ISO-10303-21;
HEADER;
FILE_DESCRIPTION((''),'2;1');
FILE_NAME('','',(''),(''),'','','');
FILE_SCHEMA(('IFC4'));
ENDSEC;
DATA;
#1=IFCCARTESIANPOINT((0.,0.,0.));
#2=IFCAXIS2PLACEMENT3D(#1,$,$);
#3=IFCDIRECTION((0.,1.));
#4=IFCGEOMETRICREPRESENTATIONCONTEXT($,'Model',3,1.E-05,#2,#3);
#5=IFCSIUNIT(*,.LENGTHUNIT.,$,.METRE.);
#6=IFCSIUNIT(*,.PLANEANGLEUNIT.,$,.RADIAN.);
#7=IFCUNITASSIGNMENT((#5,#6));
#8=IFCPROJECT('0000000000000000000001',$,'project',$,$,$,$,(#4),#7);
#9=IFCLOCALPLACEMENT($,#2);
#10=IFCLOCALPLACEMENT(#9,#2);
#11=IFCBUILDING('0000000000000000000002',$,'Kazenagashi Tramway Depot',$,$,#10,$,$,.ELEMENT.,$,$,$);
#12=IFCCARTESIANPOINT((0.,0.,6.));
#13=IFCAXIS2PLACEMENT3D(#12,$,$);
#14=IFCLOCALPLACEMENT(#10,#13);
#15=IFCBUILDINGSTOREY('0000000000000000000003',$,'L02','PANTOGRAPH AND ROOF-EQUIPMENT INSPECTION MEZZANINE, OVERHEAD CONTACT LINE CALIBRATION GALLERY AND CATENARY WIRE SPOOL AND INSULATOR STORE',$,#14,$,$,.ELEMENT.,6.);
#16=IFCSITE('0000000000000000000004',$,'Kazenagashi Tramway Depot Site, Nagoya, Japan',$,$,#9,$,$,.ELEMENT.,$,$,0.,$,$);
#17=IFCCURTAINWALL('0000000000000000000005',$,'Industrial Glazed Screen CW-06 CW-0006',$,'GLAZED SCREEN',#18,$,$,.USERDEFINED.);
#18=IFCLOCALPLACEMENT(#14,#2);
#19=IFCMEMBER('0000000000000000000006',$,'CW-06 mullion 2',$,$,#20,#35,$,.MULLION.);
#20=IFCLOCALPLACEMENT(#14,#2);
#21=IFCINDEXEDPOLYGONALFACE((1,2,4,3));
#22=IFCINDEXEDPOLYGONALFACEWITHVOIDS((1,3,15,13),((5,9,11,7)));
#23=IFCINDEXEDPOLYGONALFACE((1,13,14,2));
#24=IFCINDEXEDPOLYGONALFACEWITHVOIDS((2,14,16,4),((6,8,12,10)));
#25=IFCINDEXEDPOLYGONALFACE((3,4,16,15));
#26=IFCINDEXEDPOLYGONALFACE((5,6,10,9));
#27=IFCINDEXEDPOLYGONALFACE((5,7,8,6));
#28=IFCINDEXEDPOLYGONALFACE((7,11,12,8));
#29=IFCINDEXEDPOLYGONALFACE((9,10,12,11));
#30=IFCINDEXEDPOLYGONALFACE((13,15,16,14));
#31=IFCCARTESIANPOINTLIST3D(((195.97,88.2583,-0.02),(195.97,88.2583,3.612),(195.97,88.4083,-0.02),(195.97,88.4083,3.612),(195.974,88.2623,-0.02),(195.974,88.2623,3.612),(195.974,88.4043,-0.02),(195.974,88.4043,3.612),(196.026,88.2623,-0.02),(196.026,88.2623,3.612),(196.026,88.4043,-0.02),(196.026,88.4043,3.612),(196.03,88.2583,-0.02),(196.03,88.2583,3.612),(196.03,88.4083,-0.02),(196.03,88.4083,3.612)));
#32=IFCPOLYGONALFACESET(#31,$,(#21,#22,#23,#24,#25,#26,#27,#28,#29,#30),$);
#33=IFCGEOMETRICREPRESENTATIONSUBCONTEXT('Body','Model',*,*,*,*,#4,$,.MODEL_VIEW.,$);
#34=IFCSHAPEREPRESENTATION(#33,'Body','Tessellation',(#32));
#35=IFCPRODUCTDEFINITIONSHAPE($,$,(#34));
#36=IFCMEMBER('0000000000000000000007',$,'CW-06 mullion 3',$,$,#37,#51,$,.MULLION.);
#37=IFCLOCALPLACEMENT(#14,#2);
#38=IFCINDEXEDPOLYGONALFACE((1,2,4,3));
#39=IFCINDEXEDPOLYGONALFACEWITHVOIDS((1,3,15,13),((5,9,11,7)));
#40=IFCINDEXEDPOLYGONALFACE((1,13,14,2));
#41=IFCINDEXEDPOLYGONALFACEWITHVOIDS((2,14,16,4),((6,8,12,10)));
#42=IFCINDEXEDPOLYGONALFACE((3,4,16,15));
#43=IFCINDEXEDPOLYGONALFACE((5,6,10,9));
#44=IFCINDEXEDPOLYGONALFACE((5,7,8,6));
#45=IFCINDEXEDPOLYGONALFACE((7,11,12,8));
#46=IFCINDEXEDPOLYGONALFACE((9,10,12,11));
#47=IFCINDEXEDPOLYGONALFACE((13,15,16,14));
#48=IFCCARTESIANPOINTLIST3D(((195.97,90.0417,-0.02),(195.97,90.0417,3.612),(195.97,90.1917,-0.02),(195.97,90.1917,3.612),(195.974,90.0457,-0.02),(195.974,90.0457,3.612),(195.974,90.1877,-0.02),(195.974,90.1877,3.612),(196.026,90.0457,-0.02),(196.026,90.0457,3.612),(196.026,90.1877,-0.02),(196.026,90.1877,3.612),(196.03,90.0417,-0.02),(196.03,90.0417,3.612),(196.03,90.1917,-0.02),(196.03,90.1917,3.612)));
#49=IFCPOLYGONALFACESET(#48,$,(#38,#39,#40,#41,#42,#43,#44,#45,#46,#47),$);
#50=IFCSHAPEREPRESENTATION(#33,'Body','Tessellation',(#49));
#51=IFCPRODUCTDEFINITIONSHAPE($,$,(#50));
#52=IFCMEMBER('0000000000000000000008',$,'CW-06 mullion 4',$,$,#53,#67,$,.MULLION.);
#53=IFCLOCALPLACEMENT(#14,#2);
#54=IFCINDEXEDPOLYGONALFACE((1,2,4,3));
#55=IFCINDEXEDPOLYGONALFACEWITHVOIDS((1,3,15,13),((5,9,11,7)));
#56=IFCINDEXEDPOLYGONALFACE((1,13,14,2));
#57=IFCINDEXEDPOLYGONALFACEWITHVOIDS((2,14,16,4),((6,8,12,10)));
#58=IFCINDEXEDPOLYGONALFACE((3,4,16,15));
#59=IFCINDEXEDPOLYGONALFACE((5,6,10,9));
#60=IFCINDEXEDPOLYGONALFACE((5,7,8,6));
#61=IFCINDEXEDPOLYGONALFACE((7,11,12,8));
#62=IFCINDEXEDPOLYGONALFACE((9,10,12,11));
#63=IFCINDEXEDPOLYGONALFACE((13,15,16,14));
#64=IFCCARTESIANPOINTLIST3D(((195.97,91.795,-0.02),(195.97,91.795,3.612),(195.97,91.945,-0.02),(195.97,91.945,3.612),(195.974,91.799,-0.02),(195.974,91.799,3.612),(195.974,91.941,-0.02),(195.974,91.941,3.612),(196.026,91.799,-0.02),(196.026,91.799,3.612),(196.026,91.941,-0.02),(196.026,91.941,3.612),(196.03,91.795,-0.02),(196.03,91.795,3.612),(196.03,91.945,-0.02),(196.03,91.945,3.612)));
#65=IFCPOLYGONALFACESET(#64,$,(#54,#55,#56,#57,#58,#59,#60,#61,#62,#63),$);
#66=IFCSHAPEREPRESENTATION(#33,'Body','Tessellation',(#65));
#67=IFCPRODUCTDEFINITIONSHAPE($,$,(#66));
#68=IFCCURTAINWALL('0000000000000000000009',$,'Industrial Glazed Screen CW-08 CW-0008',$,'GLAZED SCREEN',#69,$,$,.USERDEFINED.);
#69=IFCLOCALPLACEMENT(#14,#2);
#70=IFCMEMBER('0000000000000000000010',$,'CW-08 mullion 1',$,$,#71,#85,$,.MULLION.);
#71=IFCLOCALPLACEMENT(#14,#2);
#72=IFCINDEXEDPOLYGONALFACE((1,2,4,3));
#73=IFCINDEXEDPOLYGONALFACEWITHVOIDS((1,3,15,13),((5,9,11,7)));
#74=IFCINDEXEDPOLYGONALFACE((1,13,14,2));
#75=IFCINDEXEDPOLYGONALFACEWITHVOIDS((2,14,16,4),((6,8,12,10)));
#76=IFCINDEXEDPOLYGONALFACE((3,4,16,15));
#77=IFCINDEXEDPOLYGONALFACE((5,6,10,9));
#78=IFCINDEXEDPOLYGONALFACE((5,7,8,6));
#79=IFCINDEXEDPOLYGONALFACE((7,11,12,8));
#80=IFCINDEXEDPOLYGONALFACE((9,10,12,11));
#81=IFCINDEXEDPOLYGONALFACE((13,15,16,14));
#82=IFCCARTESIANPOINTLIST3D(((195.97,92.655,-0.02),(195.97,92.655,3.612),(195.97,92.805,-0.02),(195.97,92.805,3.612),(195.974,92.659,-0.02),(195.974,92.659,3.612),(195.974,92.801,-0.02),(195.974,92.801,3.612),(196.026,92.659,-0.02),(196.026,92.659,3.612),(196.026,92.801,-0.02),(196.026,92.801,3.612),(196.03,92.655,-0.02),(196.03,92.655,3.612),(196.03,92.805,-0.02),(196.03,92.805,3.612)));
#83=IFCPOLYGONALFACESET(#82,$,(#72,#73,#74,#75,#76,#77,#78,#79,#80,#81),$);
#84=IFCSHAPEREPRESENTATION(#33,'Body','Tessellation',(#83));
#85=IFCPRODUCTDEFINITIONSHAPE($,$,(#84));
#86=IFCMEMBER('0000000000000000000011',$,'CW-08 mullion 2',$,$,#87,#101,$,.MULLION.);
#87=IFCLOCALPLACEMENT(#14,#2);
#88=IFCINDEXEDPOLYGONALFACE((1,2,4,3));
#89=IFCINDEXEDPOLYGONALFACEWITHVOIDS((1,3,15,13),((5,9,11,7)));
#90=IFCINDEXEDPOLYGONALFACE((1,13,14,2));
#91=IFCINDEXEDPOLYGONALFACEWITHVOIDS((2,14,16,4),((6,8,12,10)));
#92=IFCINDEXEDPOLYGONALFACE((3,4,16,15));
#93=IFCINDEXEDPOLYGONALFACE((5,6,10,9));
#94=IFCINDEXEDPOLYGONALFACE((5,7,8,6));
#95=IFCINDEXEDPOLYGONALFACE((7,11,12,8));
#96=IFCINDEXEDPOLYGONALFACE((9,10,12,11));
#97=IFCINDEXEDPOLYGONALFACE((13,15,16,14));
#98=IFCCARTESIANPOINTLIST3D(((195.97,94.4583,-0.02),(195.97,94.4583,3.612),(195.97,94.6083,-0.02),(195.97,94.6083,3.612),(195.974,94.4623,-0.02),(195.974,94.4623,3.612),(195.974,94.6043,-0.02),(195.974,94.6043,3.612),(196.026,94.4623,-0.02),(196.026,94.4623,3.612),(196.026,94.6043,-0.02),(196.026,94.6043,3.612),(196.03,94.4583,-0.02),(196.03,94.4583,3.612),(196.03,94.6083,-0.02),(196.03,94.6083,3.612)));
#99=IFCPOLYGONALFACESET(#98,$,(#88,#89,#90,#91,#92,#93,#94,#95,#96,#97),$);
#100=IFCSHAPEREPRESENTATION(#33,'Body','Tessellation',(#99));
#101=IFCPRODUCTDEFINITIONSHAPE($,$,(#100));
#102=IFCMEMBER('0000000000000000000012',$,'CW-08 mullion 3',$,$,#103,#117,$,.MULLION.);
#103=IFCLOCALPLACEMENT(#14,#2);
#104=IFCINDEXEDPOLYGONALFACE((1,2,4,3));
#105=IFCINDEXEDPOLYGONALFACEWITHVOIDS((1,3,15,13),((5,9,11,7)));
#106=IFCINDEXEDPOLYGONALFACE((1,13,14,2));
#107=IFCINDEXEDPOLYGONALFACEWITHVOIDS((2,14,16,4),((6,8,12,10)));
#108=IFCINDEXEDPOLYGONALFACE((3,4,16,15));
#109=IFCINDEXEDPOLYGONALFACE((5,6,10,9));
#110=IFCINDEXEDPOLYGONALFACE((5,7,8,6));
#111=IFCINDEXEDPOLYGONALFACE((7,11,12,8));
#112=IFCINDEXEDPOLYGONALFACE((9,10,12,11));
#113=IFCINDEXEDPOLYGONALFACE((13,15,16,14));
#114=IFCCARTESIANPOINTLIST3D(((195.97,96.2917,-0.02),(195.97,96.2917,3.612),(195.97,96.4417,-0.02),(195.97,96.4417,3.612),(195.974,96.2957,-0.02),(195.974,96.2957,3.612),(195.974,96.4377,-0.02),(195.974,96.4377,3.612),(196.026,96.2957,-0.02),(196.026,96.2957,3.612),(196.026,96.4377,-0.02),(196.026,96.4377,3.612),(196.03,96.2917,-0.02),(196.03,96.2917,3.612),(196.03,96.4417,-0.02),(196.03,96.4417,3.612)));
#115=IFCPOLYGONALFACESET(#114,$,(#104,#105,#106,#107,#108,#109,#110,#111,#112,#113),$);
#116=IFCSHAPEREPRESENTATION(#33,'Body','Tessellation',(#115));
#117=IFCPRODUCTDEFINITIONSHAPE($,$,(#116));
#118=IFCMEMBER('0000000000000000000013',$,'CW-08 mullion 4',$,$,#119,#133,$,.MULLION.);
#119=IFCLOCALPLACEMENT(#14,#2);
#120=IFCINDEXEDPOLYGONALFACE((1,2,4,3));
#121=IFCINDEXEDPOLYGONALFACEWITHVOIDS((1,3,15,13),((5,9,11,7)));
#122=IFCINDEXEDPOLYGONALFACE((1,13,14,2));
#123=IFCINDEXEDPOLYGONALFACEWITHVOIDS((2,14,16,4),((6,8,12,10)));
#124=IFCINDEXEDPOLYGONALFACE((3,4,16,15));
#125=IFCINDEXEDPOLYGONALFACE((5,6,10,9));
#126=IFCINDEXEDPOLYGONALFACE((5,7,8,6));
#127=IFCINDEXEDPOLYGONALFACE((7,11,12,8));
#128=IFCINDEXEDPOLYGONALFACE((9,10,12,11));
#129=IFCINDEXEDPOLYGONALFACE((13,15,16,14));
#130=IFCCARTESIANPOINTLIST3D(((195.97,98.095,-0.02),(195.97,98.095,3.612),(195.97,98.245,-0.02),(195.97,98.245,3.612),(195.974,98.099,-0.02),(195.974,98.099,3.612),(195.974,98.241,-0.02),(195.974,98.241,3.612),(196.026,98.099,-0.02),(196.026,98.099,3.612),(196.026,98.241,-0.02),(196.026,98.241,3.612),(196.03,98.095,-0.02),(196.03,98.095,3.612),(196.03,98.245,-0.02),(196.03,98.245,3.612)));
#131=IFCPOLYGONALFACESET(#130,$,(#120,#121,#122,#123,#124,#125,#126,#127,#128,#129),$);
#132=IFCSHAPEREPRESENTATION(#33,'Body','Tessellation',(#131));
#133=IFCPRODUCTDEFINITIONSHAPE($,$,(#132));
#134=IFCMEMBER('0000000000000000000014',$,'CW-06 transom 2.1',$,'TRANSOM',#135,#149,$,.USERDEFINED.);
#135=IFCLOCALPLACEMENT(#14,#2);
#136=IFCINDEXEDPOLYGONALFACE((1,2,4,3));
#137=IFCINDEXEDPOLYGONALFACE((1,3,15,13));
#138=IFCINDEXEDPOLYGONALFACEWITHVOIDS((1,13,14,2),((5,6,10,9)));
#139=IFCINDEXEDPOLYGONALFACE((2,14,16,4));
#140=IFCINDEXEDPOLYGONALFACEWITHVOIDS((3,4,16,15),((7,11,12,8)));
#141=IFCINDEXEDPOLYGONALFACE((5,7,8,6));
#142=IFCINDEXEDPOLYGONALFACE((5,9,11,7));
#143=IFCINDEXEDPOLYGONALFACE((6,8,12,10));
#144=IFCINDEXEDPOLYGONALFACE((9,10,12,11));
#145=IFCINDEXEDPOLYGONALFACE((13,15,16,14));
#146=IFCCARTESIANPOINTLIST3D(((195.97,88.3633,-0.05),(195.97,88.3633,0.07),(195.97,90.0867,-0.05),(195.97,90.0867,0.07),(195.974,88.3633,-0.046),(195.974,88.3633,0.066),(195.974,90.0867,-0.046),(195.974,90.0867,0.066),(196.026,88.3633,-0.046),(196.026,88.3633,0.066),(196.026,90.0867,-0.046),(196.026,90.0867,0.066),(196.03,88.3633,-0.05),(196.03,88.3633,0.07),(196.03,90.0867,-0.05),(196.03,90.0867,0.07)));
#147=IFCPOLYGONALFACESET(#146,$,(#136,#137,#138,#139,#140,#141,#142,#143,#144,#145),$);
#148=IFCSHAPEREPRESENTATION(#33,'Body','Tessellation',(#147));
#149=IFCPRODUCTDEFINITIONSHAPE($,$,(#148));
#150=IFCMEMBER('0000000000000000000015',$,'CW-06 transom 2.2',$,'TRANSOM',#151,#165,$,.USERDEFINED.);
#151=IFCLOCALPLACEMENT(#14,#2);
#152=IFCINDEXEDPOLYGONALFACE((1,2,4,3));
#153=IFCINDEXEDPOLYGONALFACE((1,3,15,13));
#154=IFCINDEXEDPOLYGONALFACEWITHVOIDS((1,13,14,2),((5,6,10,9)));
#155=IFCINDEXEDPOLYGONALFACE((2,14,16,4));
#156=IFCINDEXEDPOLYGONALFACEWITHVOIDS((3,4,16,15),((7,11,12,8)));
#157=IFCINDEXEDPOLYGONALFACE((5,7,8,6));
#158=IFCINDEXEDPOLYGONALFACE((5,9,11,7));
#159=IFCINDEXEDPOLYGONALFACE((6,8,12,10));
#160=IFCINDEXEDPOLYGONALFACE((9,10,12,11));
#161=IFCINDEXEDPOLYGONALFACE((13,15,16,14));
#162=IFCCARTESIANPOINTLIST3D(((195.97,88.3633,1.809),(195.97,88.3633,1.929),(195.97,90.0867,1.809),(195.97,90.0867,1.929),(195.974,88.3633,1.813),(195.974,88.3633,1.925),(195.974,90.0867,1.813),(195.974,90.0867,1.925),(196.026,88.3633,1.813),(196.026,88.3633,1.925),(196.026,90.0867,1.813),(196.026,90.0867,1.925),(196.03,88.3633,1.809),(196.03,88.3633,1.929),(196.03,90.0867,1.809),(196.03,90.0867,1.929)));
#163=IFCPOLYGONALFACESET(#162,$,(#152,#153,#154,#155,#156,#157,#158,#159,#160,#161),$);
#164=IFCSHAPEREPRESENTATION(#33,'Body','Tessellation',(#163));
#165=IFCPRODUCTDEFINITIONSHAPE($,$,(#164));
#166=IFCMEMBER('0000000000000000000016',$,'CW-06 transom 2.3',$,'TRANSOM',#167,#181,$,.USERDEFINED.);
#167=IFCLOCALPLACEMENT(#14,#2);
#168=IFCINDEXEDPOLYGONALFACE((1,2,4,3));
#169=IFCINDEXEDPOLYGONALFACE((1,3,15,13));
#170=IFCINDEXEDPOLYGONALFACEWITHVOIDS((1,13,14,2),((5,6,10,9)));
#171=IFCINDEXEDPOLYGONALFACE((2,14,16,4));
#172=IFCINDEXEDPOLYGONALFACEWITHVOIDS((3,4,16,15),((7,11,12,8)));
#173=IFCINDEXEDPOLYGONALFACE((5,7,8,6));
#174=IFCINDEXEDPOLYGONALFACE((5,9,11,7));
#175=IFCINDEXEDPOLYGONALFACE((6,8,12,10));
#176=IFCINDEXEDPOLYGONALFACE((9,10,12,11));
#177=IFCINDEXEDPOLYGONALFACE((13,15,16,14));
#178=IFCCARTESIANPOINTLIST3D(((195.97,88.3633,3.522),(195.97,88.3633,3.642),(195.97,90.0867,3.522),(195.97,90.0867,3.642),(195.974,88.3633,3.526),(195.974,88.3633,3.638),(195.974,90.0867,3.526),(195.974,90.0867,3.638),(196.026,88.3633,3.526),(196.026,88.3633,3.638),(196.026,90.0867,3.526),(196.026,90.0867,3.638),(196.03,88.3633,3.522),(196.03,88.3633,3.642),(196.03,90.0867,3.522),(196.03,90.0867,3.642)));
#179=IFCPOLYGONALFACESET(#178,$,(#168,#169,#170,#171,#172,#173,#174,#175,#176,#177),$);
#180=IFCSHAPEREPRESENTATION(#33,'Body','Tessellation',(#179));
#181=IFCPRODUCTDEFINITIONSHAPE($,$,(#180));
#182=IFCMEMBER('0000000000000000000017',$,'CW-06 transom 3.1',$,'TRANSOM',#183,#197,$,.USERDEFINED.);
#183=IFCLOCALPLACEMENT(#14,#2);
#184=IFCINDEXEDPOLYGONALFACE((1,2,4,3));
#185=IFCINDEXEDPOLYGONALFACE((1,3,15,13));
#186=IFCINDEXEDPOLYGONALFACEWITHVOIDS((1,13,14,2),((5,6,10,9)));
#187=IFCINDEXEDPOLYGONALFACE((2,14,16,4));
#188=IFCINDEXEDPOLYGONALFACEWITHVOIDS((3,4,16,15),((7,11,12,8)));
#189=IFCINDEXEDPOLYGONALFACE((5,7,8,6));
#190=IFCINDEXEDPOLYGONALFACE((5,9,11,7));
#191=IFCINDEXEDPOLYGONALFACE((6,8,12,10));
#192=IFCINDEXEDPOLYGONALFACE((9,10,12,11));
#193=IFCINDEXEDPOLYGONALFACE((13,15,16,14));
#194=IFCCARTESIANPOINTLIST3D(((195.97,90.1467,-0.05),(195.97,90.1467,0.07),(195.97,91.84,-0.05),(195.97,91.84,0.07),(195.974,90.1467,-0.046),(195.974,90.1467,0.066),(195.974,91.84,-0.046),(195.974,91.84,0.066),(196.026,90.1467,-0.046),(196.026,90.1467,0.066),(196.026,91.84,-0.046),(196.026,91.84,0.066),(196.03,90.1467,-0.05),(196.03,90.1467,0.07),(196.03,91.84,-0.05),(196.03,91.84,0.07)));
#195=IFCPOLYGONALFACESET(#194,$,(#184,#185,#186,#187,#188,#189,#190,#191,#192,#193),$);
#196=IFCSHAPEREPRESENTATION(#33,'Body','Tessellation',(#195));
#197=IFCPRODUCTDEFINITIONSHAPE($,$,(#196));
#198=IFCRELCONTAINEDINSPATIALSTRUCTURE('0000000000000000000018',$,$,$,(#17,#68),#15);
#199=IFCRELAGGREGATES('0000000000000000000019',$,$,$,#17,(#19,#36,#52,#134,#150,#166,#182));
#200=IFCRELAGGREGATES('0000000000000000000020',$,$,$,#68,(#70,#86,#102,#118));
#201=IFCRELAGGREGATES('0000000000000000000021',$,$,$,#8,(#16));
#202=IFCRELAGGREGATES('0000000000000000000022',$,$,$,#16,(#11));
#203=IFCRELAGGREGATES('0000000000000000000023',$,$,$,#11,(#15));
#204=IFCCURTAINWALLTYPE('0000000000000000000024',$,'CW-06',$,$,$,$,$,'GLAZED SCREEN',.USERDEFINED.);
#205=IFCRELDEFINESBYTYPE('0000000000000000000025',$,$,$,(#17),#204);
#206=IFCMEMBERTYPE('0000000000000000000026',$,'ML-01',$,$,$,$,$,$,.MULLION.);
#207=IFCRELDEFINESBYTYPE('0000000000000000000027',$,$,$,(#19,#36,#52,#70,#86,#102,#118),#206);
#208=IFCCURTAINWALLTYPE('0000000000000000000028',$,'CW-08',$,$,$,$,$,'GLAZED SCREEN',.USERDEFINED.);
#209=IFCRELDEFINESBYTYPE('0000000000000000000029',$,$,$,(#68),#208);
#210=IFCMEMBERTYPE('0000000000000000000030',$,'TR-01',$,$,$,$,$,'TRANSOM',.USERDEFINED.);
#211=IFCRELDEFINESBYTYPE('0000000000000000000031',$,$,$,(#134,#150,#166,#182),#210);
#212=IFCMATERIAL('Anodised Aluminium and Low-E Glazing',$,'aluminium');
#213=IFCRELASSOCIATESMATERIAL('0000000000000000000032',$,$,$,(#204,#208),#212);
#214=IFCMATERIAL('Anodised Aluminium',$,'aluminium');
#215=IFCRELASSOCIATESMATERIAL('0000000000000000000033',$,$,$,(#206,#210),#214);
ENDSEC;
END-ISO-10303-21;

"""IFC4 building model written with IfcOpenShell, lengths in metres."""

from ifc_helpers import new_model, si_unit, direction, frame, origin, origin_2d, place, context, subcontext, project, spatial, hollow_rectangle, extrude, material, material_profile, profile_set, type_object, element, aggregate, save


model = new_model("IFC4")

# Units and contexts
model_context = context("Model", 3, precision=1e-05, world=origin(), true_north=direction((0.0, 1.0)))
body_context = subcontext(model_context, "Body", "Model", "MODEL_VIEW")
ifc_project = project(units=[si_unit("LENGTHUNIT", "METRE"), si_unit("PLANEANGLEUNIT", "RADIAN")], contexts=[model_context])

# Site, building, storey
site_placement = place(None, origin())
site = spatial("IfcSite", under=ifc_project, at=site_placement, Name="Kazenagashi Tramway Depot Site, Nagoya, Japan", CompositionType="ELEMENT", RefElevation=0.0)
building_placement = place(site_placement, origin())
building = spatial("IfcBuilding", under=site, at=building_placement, Name="Kazenagashi Tramway Depot", CompositionType="ELEMENT")
storey_placement = place(building_placement, frame((0.0, 0.0, 6.0)))
storey = spatial("IfcBuildingStorey", under=building, at=storey_placement, Name="L02", Description="PANTOGRAPH AND ROOF-EQUIPMENT INSPECTION MEZZANINE, OVERHEAD CONTACT LINE CALIBRATION GALLERY AND CATENARY WIRE SPOOL AND INSULATOR STORE", CompositionType="ELEMENT", Elevation=6.0)

# Curtain walls, members
ifc_material_1 = material(Name="Anodised Aluminium and Low-E Glazing", Category="aluminium")
curtain_wall_type_1 = type_object("IfcCurtainWallType", Name="CW-06", ElementType="GLAZED SCREEN", PredefinedType="USERDEFINED", material=ifc_material_1)
curtain_wall_1_placement = place(storey_placement, origin())
curtain_wall_1 = element("IfcCurtainWall", 1, at=curtain_wall_1_placement, inside=storey, type_object=curtain_wall_type_1, Name="Industrial Glazed Screen CW-06 CW-0006", ObjectType="GLAZED SCREEN", PredefinedType="USERDEFINED")
ifc_material_2 = material(Name="Anodised Aluminium", Category="aluminium")
ifc_material_profile_1 = material_profile(ifc_material_2, hollow_rectangle(XDim=0.06, YDim=0.15, WallThickness=0.004, at=origin_2d()), Name="RHS-150x60x4")
ifc_profile_set_1 = profile_set([ifc_material_profile_1], Name="Anodised Aluminium")
member_type_1 = type_object("IfcMemberType", Name="ML-01", PredefinedType="MULLION", material=ifc_profile_set_1)
member_1_placement = place(storey_placement, frame((196.0, 88.3333, -0.02), z_axis=(0.0, 0.0, 1.0), x_axis=(-1.0, 0.0, 0.0)))
member_1 = element("IfcMember", 2, at=member_1_placement, type_object=member_type_1, Name="CW-06 mullion 2", PredefinedType="MULLION", context=body_context, shape_type="SweptSolid", body=[
    extrude(hollow_rectangle(XDim=0.06, YDim=0.15, WallThickness=0.004, at=origin_2d()), origin(), (0.0, 0.0, 1.0), 3.632),
])
member_2_placement = place(storey_placement, frame((196.0, 90.1167, -0.02), z_axis=(0.0, 0.0, 1.0), x_axis=(-1.0, 0.0, 0.0)))
member_2 = element("IfcMember", 3, at=member_2_placement, type_object=member_type_1, Name="CW-06 mullion 3", PredefinedType="MULLION", context=body_context, shape_type="SweptSolid", body=[
    extrude(hollow_rectangle(XDim=0.06, YDim=0.15, WallThickness=0.004, at=origin_2d()), origin(), (0.0, 0.0, 1.0), 3.632),
])
member_3_placement = place(storey_placement, frame((196.0, 91.87, -0.02), z_axis=(0.0, 0.0, 1.0), x_axis=(-1.0, 0.0, 0.0)))
member_3 = element("IfcMember", 4, at=member_3_placement, type_object=member_type_1, Name="CW-06 mullion 4", PredefinedType="MULLION", context=body_context, shape_type="SweptSolid", body=[
    extrude(hollow_rectangle(XDim=0.06, YDim=0.15, WallThickness=0.004, at=origin_2d()), origin(), (0.0, 0.0, 1.0), 3.632),
])
curtain_wall_type_2 = type_object("IfcCurtainWallType", Name="CW-08", ElementType="GLAZED SCREEN", PredefinedType="USERDEFINED", material=ifc_material_1)
curtain_wall_2_placement = place(storey_placement, origin())
curtain_wall_2 = element("IfcCurtainWall", 5, at=curtain_wall_2_placement, inside=storey, type_object=curtain_wall_type_2, Name="Industrial Glazed Screen CW-08 CW-0008", ObjectType="GLAZED SCREEN", PredefinedType="USERDEFINED")
member_4_placement = place(storey_placement, frame((196.0, 92.73, -0.02), z_axis=(0.0, 0.0, 1.0), x_axis=(-1.0, 0.0, 0.0)))
member_4 = element("IfcMember", 6, at=member_4_placement, type_object=member_type_1, Name="CW-08 mullion 1", PredefinedType="MULLION", context=body_context, shape_type="SweptSolid", body=[
    extrude(hollow_rectangle(XDim=0.06, YDim=0.15, WallThickness=0.004, at=origin_2d()), origin(), (0.0, 0.0, 1.0), 3.632),
])
member_5_placement = place(storey_placement, frame((196.0, 94.5333, -0.02), z_axis=(0.0, 0.0, 1.0), x_axis=(-1.0, 0.0, 0.0)))
member_5 = element("IfcMember", 7, at=member_5_placement, type_object=member_type_1, Name="CW-08 mullion 2", PredefinedType="MULLION", context=body_context, shape_type="SweptSolid", body=[
    extrude(hollow_rectangle(XDim=0.06, YDim=0.15, WallThickness=0.004, at=origin_2d()), origin(), (0.0, 0.0, 1.0), 3.632),
])
member_6_placement = place(storey_placement, frame((196.0, 96.3667, -0.02), z_axis=(0.0, 0.0, 1.0), x_axis=(-1.0, 0.0, 0.0)))
member_6 = element("IfcMember", 8, at=member_6_placement, type_object=member_type_1, Name="CW-08 mullion 3", PredefinedType="MULLION", context=body_context, shape_type="SweptSolid", body=[
    extrude(hollow_rectangle(XDim=0.06, YDim=0.15, WallThickness=0.004, at=origin_2d()), origin(), (0.0, 0.0, 1.0), 3.632),
])
member_7_placement = place(storey_placement, frame((196.0, 98.17, -0.02), z_axis=(0.0, 0.0, 1.0), x_axis=(-1.0, 0.0, 0.0)))
member_7 = element("IfcMember", 9, at=member_7_placement, type_object=member_type_1, Name="CW-08 mullion 4", PredefinedType="MULLION", context=body_context, shape_type="SweptSolid", body=[
    extrude(hollow_rectangle(XDim=0.06, YDim=0.15, WallThickness=0.004, at=origin_2d()), origin(), (0.0, 0.0, 1.0), 3.632),
])

# Members
ifc_material_profile_2 = material_profile(ifc_material_2, hollow_rectangle(XDim=0.06, YDim=0.12, WallThickness=0.004, at=origin_2d()), Name="RHS-120x60x4")
ifc_profile_set_2 = profile_set([ifc_material_profile_2], Name="Anodised Aluminium")
member_type_2 = type_object("IfcMemberType", Name="TR-01", ElementType="TRANSOM", PredefinedType="USERDEFINED", material=ifc_profile_set_2)
member_8_placement = place(storey_placement, frame((196.0, 88.3633, 0.01), z_axis=(0.0, 1.0, 0.0), x_axis=(-1.0, 0.0, 0.0)))
member_8 = element("IfcMember", 10, at=member_8_placement, type_object=member_type_2, Name="CW-06 transom 2.1", ObjectType="TRANSOM", PredefinedType="USERDEFINED", context=body_context, shape_type="SweptSolid", body=[
    extrude(hollow_rectangle(XDim=0.06, YDim=0.12, WallThickness=0.004, at=origin_2d()), origin(), (0.0, 0.0, 1.0), 1.7233),
])
member_9_placement = place(storey_placement, frame((196.0, 88.3633, 1.869), z_axis=(0.0, 1.0, 0.0), x_axis=(-1.0, 0.0, 0.0)))
member_9 = element("IfcMember", 11, at=member_9_placement, type_object=member_type_2, Name="CW-06 transom 2.2", ObjectType="TRANSOM", PredefinedType="USERDEFINED", context=body_context, shape_type="SweptSolid", body=[
    extrude(hollow_rectangle(XDim=0.06, YDim=0.12, WallThickness=0.004, at=origin_2d()), origin(), (0.0, 0.0, 1.0), 1.7233),
])
member_10_placement = place(storey_placement, frame((196.0, 88.3633, 3.582), z_axis=(0.0, 1.0, 0.0), x_axis=(-1.0, 0.0, 0.0)))
member_10 = element("IfcMember", 12, at=member_10_placement, type_object=member_type_2, Name="CW-06 transom 2.3", ObjectType="TRANSOM", PredefinedType="USERDEFINED", context=body_context, shape_type="SweptSolid", body=[
    extrude(hollow_rectangle(XDim=0.06, YDim=0.12, WallThickness=0.004, at=origin_2d()), origin(), (0.0, 0.0, 1.0), 1.7233),
])
member_11_placement = place(storey_placement, frame((196.0, 90.1467, 0.01), z_axis=(0.0, 1.0, 0.0), x_axis=(-1.0, 0.0, 0.0)))
member_11 = element("IfcMember", 13, at=member_11_placement, type_object=member_type_2, Name="CW-06 transom 3.1", ObjectType="TRANSOM", PredefinedType="USERDEFINED", context=body_context, shape_type="SweptSolid", body=[
    extrude(hollow_rectangle(XDim=0.06, YDim=0.12, WallThickness=0.004, at=origin_2d()), origin(), (0.0, 0.0, 1.0), 1.6933),
])

aggregate(curtain_wall_1, [member_1, member_2, member_3, member_8, member_9, member_10, member_11])
aggregate(curtain_wall_2, [member_4, member_5, member_6, member_7])

save(model, "model.ifc")
